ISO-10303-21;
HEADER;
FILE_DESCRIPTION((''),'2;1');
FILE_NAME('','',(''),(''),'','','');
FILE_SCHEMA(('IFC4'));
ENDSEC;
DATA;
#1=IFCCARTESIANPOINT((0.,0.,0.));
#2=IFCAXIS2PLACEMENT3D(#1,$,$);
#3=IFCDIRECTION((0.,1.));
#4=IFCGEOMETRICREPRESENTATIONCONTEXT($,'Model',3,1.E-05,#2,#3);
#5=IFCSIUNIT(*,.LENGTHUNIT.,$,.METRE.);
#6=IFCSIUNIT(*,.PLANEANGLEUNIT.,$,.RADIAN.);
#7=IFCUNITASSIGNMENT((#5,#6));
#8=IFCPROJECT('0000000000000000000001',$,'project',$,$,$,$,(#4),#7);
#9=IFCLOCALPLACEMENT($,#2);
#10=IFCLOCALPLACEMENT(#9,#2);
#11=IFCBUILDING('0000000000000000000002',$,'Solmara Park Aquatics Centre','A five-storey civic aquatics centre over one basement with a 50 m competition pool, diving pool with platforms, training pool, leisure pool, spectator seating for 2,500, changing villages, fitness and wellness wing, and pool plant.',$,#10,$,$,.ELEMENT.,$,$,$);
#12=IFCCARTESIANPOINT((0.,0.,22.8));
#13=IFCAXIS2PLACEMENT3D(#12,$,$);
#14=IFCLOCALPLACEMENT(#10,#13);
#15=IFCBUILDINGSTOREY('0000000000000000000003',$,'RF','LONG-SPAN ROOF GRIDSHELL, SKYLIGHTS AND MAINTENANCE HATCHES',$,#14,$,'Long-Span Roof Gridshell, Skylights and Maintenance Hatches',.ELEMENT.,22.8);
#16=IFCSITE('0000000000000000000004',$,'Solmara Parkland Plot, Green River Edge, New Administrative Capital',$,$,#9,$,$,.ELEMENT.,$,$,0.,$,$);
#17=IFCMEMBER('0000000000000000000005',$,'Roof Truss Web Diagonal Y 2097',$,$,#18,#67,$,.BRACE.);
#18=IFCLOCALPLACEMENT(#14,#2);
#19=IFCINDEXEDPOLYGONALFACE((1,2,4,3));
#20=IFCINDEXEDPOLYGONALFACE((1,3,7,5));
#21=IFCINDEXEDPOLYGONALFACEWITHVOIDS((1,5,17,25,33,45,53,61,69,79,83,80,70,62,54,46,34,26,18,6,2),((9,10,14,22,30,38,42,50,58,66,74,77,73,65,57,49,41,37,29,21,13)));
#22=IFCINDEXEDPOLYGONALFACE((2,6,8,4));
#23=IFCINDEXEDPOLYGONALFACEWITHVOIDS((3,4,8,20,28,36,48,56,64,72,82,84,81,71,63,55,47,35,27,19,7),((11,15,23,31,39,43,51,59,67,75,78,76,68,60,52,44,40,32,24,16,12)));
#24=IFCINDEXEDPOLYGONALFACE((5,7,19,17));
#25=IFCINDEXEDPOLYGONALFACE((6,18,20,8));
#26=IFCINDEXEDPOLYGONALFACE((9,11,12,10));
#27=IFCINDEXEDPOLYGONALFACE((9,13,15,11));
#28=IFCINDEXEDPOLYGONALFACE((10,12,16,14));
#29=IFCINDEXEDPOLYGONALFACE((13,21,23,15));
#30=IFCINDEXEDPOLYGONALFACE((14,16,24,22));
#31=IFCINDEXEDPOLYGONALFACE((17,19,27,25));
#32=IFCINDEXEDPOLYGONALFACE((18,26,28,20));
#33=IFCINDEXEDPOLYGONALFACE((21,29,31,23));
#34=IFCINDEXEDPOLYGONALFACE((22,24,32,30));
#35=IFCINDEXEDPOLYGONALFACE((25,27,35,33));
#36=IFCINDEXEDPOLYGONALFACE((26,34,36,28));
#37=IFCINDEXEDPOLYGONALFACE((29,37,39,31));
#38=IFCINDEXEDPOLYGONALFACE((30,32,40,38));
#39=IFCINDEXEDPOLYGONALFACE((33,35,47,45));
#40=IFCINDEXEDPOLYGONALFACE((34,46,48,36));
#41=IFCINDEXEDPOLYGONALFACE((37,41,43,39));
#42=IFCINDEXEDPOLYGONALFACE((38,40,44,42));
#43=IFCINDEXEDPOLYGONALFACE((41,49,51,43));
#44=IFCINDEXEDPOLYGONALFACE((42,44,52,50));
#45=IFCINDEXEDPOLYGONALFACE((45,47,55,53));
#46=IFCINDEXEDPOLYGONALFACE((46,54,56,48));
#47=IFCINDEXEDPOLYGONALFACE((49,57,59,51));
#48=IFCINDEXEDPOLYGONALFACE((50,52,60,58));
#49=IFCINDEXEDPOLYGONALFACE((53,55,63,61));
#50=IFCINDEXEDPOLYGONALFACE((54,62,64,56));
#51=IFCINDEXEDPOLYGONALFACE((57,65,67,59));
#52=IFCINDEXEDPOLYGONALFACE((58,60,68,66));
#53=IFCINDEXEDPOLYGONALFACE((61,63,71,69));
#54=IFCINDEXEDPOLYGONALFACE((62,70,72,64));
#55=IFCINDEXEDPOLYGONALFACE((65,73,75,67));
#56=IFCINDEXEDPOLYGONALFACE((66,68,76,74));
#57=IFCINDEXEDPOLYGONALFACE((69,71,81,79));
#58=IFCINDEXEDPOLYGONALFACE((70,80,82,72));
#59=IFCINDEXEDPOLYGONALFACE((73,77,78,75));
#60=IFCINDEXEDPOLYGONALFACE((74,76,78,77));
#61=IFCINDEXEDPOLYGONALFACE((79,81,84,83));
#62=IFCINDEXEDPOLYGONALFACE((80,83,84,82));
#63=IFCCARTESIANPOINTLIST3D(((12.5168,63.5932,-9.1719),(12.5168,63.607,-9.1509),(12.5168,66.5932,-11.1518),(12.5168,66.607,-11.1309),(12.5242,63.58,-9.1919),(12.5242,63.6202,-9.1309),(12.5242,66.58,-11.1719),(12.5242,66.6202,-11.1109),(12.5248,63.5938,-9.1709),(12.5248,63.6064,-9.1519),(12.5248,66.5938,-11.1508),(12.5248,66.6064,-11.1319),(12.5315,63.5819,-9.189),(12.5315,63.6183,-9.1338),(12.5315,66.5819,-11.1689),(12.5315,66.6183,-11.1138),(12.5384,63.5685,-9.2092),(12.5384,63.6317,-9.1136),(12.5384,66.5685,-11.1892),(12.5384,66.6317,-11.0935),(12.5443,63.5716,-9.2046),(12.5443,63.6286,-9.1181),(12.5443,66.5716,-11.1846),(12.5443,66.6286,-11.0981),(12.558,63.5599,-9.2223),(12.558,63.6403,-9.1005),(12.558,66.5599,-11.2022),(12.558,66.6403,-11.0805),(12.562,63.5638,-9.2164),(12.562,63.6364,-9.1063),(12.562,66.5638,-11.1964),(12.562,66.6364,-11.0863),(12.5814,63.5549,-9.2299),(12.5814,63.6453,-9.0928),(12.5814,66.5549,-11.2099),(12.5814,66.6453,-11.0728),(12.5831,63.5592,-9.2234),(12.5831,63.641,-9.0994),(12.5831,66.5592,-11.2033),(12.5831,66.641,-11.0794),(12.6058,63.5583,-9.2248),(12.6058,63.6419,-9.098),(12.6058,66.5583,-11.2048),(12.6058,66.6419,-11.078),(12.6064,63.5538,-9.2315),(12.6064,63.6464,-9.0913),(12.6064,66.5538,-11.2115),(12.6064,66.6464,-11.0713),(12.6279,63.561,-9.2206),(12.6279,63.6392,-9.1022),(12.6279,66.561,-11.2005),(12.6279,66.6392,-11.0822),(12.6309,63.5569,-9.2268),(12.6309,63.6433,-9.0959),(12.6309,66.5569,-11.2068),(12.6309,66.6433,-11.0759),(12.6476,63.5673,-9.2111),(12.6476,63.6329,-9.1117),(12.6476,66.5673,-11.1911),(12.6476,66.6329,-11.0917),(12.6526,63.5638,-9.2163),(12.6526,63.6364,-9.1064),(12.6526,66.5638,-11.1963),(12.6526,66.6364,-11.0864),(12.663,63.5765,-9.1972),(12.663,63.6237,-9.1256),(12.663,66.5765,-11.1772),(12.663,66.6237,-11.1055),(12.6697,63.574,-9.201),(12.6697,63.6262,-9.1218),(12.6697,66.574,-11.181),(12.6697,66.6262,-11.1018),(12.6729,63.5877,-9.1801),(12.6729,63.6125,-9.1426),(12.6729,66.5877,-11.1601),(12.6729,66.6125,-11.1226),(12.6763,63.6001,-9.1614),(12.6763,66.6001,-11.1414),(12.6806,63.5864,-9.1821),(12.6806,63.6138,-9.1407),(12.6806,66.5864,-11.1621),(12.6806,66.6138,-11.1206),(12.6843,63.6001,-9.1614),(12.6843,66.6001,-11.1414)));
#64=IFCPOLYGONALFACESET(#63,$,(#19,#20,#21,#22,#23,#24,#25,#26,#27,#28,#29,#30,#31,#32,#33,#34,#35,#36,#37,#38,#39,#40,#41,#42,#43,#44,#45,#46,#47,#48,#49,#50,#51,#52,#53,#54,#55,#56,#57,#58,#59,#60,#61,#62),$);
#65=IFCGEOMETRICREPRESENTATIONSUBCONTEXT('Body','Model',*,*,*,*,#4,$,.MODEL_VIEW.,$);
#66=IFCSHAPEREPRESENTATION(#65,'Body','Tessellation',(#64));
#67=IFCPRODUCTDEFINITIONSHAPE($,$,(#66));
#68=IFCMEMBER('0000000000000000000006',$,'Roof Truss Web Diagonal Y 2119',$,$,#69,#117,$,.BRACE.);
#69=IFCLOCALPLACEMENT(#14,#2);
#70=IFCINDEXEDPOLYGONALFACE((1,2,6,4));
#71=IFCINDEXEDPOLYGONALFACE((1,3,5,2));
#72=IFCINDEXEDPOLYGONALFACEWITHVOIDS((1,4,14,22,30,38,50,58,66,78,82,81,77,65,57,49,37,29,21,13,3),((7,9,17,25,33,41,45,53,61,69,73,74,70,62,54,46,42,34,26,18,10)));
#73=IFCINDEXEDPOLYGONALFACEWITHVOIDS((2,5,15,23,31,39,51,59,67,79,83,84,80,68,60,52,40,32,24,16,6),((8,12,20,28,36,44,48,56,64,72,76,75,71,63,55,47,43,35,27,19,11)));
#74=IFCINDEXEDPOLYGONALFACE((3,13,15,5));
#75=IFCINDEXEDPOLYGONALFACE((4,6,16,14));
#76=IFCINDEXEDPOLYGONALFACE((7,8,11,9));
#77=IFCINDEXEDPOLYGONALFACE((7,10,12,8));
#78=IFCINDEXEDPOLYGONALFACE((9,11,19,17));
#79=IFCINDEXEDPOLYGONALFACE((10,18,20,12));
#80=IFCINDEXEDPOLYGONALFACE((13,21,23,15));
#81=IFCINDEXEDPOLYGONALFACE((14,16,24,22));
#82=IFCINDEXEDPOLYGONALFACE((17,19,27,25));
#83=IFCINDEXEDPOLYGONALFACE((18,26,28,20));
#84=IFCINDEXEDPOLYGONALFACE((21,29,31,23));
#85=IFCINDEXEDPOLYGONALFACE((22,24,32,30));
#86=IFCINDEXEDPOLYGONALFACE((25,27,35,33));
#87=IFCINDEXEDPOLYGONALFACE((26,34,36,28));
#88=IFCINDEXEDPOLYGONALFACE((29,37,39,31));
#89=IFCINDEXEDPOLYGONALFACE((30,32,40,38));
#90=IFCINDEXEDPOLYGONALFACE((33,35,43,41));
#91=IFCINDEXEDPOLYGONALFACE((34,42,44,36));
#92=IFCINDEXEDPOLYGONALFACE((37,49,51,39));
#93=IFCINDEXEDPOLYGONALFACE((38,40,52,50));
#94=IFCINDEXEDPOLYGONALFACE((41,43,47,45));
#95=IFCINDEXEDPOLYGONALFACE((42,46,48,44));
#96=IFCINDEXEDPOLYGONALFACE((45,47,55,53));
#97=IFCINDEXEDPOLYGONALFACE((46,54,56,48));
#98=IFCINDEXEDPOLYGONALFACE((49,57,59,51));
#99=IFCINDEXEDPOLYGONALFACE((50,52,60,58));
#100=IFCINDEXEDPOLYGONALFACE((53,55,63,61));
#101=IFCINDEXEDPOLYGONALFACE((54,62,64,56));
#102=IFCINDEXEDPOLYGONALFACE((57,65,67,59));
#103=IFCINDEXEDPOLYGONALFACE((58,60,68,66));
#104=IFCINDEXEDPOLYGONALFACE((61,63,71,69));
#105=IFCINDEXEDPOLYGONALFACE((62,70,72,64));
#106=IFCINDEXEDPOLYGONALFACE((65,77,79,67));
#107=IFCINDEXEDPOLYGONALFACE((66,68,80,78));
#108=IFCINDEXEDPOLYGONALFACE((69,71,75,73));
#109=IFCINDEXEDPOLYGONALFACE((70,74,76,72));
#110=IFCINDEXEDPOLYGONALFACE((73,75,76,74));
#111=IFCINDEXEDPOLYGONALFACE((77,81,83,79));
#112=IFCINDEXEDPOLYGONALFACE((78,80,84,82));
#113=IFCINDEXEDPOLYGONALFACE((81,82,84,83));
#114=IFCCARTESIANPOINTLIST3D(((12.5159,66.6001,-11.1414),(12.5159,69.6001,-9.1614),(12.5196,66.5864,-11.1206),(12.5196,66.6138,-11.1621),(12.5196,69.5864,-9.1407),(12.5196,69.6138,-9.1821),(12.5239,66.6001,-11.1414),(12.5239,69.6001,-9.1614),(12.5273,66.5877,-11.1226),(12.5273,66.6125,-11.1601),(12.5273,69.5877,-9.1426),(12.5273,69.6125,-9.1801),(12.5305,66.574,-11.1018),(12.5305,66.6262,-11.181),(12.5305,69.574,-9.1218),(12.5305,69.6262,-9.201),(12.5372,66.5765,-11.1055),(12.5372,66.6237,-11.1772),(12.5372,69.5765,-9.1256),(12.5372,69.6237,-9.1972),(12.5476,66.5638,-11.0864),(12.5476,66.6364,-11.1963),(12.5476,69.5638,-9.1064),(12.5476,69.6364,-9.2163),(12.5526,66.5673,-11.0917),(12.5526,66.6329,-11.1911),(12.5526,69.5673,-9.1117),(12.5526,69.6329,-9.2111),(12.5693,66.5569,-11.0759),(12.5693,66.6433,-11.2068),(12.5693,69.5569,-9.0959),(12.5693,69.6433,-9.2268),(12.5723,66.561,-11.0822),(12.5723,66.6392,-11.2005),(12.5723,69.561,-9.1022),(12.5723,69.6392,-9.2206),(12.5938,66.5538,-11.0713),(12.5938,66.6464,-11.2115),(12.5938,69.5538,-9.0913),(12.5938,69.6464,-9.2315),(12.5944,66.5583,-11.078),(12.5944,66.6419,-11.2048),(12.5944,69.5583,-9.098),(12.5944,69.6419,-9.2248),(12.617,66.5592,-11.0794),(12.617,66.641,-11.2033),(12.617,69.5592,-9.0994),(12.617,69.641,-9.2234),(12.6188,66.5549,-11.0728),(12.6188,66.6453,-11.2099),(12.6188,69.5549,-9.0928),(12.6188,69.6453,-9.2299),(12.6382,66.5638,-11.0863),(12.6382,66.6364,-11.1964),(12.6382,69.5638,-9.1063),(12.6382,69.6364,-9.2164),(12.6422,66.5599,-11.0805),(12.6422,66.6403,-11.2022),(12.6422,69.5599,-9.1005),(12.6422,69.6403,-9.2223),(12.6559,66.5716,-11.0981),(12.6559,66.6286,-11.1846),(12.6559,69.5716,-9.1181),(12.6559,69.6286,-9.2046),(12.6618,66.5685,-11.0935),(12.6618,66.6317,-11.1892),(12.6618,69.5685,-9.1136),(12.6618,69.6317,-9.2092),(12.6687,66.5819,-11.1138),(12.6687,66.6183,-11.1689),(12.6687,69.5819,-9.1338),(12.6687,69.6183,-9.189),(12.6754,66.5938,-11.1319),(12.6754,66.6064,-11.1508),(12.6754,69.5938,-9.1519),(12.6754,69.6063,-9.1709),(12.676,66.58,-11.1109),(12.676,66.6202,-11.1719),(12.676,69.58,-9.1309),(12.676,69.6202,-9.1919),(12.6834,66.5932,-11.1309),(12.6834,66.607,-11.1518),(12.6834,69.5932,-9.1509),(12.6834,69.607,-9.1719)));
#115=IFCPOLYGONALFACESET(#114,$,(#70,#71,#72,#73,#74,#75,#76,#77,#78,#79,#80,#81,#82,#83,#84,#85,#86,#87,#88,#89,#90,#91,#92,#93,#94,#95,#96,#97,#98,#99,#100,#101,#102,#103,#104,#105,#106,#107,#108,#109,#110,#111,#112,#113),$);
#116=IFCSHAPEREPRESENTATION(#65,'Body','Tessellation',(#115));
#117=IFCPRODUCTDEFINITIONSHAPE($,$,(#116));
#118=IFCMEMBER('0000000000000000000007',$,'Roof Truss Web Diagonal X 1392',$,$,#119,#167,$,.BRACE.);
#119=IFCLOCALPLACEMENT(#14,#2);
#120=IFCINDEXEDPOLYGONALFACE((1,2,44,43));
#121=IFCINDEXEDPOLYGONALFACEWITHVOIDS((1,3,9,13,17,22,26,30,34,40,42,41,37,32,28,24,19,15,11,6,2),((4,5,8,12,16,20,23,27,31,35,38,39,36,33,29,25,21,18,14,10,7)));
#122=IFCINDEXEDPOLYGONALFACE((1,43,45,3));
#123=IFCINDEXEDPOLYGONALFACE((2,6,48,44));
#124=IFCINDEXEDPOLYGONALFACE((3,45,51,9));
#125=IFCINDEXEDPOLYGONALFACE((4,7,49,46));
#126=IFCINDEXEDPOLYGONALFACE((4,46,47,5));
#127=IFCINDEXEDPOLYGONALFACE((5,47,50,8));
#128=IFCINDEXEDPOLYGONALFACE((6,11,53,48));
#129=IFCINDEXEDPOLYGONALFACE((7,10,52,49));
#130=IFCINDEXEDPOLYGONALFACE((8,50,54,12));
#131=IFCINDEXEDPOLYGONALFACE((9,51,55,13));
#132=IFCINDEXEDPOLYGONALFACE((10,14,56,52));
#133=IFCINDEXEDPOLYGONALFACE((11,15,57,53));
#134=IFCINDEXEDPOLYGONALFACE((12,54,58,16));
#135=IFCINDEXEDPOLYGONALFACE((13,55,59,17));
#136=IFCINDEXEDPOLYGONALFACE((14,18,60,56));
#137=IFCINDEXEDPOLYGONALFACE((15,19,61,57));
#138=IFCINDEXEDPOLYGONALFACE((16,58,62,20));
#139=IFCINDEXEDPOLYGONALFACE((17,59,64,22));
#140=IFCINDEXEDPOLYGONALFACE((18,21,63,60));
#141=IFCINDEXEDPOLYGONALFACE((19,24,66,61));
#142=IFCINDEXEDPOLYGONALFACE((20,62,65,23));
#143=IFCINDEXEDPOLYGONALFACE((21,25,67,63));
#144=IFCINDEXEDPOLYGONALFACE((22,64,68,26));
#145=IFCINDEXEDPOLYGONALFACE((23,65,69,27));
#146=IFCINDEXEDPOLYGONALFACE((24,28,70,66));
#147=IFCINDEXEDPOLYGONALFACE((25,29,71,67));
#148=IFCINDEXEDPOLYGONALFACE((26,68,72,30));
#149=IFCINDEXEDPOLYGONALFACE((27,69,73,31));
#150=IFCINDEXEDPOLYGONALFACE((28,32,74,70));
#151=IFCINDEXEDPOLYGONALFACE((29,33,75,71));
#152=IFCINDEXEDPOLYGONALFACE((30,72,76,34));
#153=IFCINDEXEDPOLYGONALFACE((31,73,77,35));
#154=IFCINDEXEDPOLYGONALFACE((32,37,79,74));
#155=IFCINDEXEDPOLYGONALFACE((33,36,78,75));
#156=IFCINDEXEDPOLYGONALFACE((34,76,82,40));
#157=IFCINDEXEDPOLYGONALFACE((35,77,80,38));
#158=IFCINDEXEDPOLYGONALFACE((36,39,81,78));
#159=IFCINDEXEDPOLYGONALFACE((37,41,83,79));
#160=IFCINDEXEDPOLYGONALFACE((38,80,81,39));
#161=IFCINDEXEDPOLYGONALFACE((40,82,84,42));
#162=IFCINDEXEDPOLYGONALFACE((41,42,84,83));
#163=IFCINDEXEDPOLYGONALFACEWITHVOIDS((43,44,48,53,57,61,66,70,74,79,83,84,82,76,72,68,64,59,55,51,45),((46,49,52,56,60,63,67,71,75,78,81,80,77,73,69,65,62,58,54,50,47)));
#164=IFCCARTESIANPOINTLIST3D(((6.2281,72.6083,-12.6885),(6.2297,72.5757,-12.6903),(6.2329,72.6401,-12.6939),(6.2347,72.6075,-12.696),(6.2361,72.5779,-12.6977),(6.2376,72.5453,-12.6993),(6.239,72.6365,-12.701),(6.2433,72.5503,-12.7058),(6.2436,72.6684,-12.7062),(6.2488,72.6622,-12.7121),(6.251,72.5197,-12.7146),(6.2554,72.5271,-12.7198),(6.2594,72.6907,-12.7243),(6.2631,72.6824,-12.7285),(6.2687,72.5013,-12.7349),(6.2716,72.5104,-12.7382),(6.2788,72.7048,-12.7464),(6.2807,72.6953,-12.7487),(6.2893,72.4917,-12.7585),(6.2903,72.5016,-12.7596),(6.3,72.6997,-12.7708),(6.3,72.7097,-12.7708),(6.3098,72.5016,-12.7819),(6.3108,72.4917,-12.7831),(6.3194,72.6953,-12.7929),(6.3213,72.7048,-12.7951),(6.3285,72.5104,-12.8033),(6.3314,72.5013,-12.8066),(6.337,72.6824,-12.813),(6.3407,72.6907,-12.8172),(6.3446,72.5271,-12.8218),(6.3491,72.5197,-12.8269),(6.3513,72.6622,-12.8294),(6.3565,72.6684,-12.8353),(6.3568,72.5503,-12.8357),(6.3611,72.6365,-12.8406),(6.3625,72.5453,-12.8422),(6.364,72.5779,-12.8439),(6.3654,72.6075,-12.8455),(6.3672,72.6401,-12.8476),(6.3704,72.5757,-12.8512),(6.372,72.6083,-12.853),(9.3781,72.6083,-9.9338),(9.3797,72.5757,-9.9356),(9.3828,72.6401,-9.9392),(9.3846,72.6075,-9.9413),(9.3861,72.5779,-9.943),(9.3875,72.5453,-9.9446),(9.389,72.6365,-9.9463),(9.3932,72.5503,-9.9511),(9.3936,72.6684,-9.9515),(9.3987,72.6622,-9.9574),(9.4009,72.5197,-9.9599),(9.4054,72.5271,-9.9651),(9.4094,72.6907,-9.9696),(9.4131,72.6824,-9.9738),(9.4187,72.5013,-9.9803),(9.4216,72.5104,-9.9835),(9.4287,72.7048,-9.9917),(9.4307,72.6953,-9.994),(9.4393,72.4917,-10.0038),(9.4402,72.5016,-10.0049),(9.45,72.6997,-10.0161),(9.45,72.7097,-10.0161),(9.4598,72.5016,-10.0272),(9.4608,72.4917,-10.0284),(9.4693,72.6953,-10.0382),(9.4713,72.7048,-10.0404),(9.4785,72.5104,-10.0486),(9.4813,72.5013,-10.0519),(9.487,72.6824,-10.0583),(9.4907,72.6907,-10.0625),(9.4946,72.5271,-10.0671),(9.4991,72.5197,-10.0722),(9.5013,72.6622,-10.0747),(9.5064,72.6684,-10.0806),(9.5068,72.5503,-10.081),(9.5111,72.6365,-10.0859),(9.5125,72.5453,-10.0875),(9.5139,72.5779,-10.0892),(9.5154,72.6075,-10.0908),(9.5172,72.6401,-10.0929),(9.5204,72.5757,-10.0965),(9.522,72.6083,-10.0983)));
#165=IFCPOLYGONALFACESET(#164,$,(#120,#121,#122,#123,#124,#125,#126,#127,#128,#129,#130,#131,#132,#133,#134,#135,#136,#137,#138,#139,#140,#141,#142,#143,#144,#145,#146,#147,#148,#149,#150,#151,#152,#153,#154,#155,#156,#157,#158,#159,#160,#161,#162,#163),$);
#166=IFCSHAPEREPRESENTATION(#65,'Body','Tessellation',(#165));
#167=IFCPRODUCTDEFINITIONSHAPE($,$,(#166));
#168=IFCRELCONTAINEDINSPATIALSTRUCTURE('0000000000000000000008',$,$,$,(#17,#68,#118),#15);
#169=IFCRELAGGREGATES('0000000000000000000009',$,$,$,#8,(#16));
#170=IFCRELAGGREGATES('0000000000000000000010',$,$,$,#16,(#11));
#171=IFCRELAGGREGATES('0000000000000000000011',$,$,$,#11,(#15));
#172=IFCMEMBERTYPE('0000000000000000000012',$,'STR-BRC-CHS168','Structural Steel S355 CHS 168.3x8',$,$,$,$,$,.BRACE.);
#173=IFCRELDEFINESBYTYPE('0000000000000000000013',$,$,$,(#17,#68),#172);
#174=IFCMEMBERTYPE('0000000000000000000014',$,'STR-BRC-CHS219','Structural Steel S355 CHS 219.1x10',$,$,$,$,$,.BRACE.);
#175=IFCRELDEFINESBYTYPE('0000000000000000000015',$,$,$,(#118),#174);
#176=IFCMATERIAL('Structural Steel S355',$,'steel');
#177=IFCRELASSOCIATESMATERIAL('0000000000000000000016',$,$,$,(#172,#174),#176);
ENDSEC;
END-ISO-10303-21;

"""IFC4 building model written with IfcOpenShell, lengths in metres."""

from ifc_helpers import new_model, si_unit, direction, frame, origin, origin_2d, place, context, subcontext, project, spatial, hollow_circle, extrude, material, material_profile, profile_set, type_object, element, save


model = new_model("IFC4")

# Units and contexts
model_context = context("Model", 3, precision=1e-05, world=origin(), true_north=direction((0.0, 1.0)))
body_context = subcontext(model_context, "Body", "Model", "MODEL_VIEW")
ifc_project = project(units=[si_unit("LENGTHUNIT", "METRE"), si_unit("PLANEANGLEUNIT", "RADIAN")], contexts=[model_context])

# Site, building, storey
site_placement = place(None, origin())
site = spatial("IfcSite", under=ifc_project, at=site_placement, Name="Solmara Parkland Plot, Green River Edge, New Administrative Capital", CompositionType="ELEMENT", RefElevation=0.0)
building_placement = place(site_placement, origin())
building = spatial("IfcBuilding", under=site, at=building_placement, Name="Solmara Park Aquatics Centre", Description="A five-storey civic aquatics centre over one basement with a 50 m competition pool, diving pool with platforms, training pool, leisure pool, spectator seating for 2,500, changing villages, fitness and wellness wing, and pool plant.", CompositionType="ELEMENT")
storey_placement = place(building_placement, frame((0.0, 0.0, 22.8)))
storey = spatial("IfcBuildingStorey", under=building, at=storey_placement, Name="RF", Description="LONG-SPAN ROOF GRIDSHELL, SKYLIGHTS AND MAINTENANCE HATCHES", LongName="Long-Span Roof Gridshell, Skylights and Maintenance Hatches", CompositionType="ELEMENT", Elevation=22.8)

# Members
ifc_material_1 = material(Name="Structural Steel S355", Category="steel")
ifc_material_profile_1 = material_profile(ifc_material_1, hollow_circle(Radius=0.0842, WallThickness=0.0081, at=origin_2d()), Name="CHS 168.3x8")
ifc_profile_set_1 = profile_set([ifc_material_profile_1], Name="Structural Steel S355")
member_type_1 = type_object("IfcMemberType", Name="STR-BRC-CHS168", Description="Structural Steel S355 CHS 168.3x8", PredefinedType="BRACE", material=ifc_profile_set_1)
for number, where, z_axis, x_axis, name in (
    (1, (12.6001, 66.6001, -11.1414), (0.0, -0.834612, 0.550838), (1.0, 0.0, 0.0), "Roof Truss Web Diagonal Y 2097"),
    (2, (12.6001, 66.6001, -11.1414), (0.0, 0.834612, 0.550838), (-1.0, 0.0, 0.0), "Roof Truss Web Diagonal Y 2119"),
):
    element("IfcMember", number, at=place(storey_placement, frame(where, z_axis=z_axis, x_axis=x_axis)), inside=storey, type_object=member_type_1, Name=name, PredefinedType="BRACE", context=body_context, shape_type="SweptSolid", body=[
        extrude(hollow_circle(Radius=0.0842, WallThickness=0.0081, at=origin_2d()), origin(), (0.0, 0.0, 1.0), 3.5945),
    ])
ifc_material_profile_2 = material_profile(ifc_material_1, hollow_circle(Radius=0.1096, WallThickness=0.01, at=origin_2d()), Name="CHS 219.1x10")
ifc_profile_set_2 = profile_set([ifc_material_profile_2], Name="Structural Steel S355")
member_type_2 = type_object("IfcMemberType", Name="STR-BRC-CHS219", Description="Structural Steel S355 CHS 219.1x10", PredefinedType="BRACE", material=ifc_profile_set_2)
member_1_placement = place(storey_placement, frame((6.3, 72.6001, -12.7708), z_axis=(0.752757, 0.0, 0.658298), x_axis=(0.0, 1.0, 0.0)))
element("IfcMember", 3, at=member_1_placement, inside=storey, type_object=member_type_2, Name="Roof Truss Web Diagonal X 1392", PredefinedType="BRACE", context=body_context, shape_type="SweptSolid", body=[
    extrude(hollow_circle(Radius=0.1096, WallThickness=0.01, at=origin_2d()), origin(), (0.0, 0.0, 1.0), 4.1846),
])

save(model, "model.ifc")
